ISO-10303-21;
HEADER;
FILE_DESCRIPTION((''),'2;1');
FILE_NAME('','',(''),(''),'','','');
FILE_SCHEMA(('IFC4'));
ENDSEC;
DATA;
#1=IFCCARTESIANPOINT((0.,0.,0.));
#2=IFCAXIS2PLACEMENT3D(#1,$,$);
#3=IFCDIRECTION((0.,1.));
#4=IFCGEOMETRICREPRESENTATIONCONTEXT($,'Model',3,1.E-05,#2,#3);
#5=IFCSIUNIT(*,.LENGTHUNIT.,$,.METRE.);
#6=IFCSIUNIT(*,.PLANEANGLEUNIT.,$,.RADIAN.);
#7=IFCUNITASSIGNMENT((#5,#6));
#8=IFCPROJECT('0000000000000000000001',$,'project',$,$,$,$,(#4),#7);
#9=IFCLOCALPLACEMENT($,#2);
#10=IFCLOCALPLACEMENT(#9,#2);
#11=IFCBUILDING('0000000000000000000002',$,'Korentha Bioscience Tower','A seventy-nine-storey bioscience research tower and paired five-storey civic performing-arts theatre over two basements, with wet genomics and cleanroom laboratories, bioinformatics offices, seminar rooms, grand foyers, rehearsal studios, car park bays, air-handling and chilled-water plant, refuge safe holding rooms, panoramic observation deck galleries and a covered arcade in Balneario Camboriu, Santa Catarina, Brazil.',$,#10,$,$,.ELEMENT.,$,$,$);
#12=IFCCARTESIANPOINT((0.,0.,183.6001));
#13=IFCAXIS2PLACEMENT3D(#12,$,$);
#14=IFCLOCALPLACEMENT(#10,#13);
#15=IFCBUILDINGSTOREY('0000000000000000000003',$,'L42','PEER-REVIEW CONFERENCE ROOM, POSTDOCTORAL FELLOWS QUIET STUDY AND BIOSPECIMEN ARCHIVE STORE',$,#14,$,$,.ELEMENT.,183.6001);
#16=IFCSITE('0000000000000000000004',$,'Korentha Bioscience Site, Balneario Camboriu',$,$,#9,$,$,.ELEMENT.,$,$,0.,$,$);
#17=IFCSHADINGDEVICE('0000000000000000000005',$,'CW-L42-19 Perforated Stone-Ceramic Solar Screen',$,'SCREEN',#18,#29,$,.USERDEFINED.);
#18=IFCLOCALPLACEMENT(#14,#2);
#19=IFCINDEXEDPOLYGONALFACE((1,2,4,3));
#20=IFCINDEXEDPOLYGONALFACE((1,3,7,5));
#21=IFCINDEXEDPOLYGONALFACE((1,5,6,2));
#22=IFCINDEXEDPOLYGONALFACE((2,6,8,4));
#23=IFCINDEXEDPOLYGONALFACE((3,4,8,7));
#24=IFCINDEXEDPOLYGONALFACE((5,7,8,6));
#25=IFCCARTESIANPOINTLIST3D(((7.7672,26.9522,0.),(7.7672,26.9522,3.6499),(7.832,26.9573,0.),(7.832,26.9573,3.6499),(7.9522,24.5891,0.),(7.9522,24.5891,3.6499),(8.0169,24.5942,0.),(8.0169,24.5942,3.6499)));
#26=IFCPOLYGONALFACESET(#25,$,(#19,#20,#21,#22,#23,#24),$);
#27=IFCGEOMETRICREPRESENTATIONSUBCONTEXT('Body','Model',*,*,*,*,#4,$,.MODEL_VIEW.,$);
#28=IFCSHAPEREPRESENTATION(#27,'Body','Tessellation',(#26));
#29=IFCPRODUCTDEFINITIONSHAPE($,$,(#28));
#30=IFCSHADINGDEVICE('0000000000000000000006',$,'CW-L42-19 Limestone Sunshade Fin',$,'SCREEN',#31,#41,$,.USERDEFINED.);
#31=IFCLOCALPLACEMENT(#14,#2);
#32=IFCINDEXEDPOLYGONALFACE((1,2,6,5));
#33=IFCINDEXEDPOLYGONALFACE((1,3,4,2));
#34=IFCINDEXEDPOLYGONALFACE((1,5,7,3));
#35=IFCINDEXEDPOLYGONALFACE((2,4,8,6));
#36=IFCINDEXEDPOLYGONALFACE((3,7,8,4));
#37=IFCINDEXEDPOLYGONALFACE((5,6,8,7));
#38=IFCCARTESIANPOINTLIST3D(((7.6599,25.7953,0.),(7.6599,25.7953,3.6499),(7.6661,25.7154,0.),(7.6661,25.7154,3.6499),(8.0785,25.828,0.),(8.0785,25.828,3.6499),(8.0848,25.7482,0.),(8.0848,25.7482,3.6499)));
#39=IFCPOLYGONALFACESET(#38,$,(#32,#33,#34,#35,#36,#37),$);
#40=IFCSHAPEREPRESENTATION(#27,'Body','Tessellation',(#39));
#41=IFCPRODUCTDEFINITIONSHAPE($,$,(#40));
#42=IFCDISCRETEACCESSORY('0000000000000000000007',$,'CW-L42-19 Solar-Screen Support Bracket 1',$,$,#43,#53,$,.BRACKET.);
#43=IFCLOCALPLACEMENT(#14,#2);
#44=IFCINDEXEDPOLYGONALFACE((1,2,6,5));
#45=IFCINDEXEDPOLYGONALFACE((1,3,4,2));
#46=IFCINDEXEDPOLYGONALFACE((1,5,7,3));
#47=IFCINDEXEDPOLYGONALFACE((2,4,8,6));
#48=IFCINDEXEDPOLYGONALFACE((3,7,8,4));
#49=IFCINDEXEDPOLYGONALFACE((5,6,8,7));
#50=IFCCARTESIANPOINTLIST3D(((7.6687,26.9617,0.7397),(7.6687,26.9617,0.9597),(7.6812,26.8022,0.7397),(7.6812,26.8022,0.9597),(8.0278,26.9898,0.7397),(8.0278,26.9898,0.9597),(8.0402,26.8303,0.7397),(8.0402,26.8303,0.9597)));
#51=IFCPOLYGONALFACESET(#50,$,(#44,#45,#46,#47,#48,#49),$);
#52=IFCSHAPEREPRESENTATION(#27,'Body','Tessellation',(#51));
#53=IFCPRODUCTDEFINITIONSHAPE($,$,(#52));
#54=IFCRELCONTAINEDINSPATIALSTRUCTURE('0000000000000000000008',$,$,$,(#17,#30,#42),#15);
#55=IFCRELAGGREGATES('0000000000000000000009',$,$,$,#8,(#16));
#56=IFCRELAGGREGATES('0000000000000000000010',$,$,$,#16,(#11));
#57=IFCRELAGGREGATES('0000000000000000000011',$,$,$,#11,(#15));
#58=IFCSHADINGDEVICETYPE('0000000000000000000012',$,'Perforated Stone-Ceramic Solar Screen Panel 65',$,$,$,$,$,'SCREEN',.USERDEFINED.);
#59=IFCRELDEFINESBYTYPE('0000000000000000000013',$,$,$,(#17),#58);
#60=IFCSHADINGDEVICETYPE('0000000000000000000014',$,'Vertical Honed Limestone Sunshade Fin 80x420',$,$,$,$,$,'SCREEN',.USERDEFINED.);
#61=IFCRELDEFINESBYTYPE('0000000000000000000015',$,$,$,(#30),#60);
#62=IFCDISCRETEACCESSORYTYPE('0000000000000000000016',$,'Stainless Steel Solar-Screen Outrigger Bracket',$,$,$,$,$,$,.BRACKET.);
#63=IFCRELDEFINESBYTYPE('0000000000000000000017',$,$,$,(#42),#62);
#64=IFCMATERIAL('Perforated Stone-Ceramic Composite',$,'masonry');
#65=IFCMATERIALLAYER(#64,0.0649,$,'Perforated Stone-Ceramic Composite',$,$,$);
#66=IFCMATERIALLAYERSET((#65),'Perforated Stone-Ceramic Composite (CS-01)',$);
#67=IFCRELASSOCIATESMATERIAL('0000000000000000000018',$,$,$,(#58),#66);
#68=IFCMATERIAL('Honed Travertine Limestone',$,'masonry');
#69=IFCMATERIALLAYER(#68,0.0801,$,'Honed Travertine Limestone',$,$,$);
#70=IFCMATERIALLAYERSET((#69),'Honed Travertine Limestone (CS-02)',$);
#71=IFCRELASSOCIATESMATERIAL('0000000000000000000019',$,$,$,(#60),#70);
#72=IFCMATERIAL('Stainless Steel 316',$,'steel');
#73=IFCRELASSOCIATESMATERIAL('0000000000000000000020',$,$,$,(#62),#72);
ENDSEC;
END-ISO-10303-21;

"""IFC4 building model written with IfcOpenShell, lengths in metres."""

from ifc_helpers import new_model, si_unit, direction, frame, origin, origin_2d, place, context, subcontext, project, spatial, rectangle, extrude, material, layer, layer_set, type_object, element, save


model = new_model("IFC4")

# Units and contexts
model_context = context("Model", 3, precision=1e-05, world=origin(), true_north=direction((0.0, 1.0)))
body_context = subcontext(model_context, "Body", "Model", "MODEL_VIEW")
ifc_project = project(units=[si_unit("LENGTHUNIT", "METRE"), si_unit("PLANEANGLEUNIT", "RADIAN")], contexts=[model_context])

# Site, building, storey
site_placement = place(None, origin())
site = spatial("IfcSite", under=ifc_project, at=site_placement, Name="Korentha Bioscience Site, Balneario Camboriu", CompositionType="ELEMENT", RefElevation=0.0)
building_placement = place(site_placement, origin())
building = spatial("IfcBuilding", under=site, at=building_placement, Name="Korentha Bioscience Tower", Description="A seventy-nine-storey bioscience research tower and paired five-storey civic performing-arts theatre over two basements, with wet genomics and cleanroom laboratories, bioinformatics offices, seminar rooms, grand foyers, rehearsal studios, car park bays, air-handling and chilled-water plant, refuge safe holding rooms, panoramic observation deck galleries and a covered arcade in Balneario Camboriu, Santa Catarina, Brazil.", CompositionType="ELEMENT")
storey_placement = place(building_placement, frame((0.0, 0.0, 183.6001)))
storey = spatial("IfcBuildingStorey", under=building, at=storey_placement, Name="L42", Description="PEER-REVIEW CONFERENCE ROOM, POSTDOCTORAL FELLOWS QUIET STUDY AND BIOSPECIMEN ARCHIVE STORE", CompositionType="ELEMENT", Elevation=183.6001)

# Shading devices
ifc_material_1 = material(Name="Perforated Stone-Ceramic Composite", Category="masonry")
ifc_layer_1 = layer(ifc_material_1, 0.0649, Name="Perforated Stone-Ceramic Composite")
ifc_layer_set_1 = layer_set([ifc_layer_1], Name="Perforated Stone-Ceramic Composite (CS-01)")
shading_device_type_1 = type_object("IfcShadingDeviceType", Name="Perforated Stone-Ceramic Solar Screen Panel 65", ElementType="SCREEN", PredefinedType="USERDEFINED", material=ifc_layer_set_1)
shading_device_1_placement = place(storey_placement, frame((7.8921, 25.7732, 0.0), z_axis=(0.0, 0.0, 1.0), x_axis=(0.078031, -0.996951, 0.0)))
element("IfcShadingDevice", 1, at=shading_device_1_placement, inside=storey, type_object=shading_device_type_1, Name="CW-L42-19 Perforated Stone-Ceramic Solar Screen", ObjectType="SCREEN", PredefinedType="USERDEFINED", context=body_context, shape_type="SweptSolid", body=[
    extrude(rectangle(XDim=2.3704, YDim=0.0649, at=origin_2d()), origin(), (0.0, 0.0, 1.0), 3.6499),
])
ifc_material_2 = material(Name="Honed Travertine Limestone", Category="masonry")
ifc_layer_2 = layer(ifc_material_2, 0.0801, Name="Honed Travertine Limestone")
ifc_layer_set_2 = layer_set([ifc_layer_2], Name="Honed Travertine Limestone (CS-02)")
shading_device_type_2 = type_object("IfcShadingDeviceType", Name="Vertical Honed Limestone Sunshade Fin 80x420", ElementType="SCREEN", PredefinedType="USERDEFINED", material=ifc_layer_set_2)
shading_device_2_placement = place(storey_placement, frame((7.8723, 25.7717, 0.0), z_axis=(0.0, 0.0, 1.0), x_axis=(0.078031, -0.996951, 0.0)))
element("IfcShadingDevice", 2, at=shading_device_2_placement, inside=storey, type_object=shading_device_type_2, Name="CW-L42-19 Limestone Sunshade Fin", ObjectType="SCREEN", PredefinedType="USERDEFINED", context=body_context, shape_type="SweptSolid", body=[
    extrude(rectangle(XDim=0.0801, YDim=0.4199, at=origin_2d()), origin(), (0.0, 0.0, 1.0), 3.6499),
])

# Discrete accessory
ifc_material_3 = material(Name="Stainless Steel 316", Category="steel")
discrete_accessory_type = type_object("IfcDiscreteAccessoryType", Name="Stainless Steel Solar-Screen Outrigger Bracket", PredefinedType="BRACKET", material=ifc_material_3)
discrete_accessory_placement = place(storey_placement, frame((7.8545, 26.896, 0.7397), z_axis=(0.0, 0.0, 1.0), x_axis=(0.078031, -0.996951, 0.0)))
element("IfcDiscreteAccessory", 3, at=discrete_accessory_placement, inside=storey, type_object=discrete_accessory_type, Name="CW-L42-19 Solar-Screen Support Bracket 1", PredefinedType="BRACKET", context=body_context, shape_type="SweptSolid", body=[
    extrude(rectangle(XDim=0.1599, YDim=0.3601, at=origin_2d()), origin(), (0.0, 0.0, 1.0), 0.22),
])

save(model, "model.ifc")
